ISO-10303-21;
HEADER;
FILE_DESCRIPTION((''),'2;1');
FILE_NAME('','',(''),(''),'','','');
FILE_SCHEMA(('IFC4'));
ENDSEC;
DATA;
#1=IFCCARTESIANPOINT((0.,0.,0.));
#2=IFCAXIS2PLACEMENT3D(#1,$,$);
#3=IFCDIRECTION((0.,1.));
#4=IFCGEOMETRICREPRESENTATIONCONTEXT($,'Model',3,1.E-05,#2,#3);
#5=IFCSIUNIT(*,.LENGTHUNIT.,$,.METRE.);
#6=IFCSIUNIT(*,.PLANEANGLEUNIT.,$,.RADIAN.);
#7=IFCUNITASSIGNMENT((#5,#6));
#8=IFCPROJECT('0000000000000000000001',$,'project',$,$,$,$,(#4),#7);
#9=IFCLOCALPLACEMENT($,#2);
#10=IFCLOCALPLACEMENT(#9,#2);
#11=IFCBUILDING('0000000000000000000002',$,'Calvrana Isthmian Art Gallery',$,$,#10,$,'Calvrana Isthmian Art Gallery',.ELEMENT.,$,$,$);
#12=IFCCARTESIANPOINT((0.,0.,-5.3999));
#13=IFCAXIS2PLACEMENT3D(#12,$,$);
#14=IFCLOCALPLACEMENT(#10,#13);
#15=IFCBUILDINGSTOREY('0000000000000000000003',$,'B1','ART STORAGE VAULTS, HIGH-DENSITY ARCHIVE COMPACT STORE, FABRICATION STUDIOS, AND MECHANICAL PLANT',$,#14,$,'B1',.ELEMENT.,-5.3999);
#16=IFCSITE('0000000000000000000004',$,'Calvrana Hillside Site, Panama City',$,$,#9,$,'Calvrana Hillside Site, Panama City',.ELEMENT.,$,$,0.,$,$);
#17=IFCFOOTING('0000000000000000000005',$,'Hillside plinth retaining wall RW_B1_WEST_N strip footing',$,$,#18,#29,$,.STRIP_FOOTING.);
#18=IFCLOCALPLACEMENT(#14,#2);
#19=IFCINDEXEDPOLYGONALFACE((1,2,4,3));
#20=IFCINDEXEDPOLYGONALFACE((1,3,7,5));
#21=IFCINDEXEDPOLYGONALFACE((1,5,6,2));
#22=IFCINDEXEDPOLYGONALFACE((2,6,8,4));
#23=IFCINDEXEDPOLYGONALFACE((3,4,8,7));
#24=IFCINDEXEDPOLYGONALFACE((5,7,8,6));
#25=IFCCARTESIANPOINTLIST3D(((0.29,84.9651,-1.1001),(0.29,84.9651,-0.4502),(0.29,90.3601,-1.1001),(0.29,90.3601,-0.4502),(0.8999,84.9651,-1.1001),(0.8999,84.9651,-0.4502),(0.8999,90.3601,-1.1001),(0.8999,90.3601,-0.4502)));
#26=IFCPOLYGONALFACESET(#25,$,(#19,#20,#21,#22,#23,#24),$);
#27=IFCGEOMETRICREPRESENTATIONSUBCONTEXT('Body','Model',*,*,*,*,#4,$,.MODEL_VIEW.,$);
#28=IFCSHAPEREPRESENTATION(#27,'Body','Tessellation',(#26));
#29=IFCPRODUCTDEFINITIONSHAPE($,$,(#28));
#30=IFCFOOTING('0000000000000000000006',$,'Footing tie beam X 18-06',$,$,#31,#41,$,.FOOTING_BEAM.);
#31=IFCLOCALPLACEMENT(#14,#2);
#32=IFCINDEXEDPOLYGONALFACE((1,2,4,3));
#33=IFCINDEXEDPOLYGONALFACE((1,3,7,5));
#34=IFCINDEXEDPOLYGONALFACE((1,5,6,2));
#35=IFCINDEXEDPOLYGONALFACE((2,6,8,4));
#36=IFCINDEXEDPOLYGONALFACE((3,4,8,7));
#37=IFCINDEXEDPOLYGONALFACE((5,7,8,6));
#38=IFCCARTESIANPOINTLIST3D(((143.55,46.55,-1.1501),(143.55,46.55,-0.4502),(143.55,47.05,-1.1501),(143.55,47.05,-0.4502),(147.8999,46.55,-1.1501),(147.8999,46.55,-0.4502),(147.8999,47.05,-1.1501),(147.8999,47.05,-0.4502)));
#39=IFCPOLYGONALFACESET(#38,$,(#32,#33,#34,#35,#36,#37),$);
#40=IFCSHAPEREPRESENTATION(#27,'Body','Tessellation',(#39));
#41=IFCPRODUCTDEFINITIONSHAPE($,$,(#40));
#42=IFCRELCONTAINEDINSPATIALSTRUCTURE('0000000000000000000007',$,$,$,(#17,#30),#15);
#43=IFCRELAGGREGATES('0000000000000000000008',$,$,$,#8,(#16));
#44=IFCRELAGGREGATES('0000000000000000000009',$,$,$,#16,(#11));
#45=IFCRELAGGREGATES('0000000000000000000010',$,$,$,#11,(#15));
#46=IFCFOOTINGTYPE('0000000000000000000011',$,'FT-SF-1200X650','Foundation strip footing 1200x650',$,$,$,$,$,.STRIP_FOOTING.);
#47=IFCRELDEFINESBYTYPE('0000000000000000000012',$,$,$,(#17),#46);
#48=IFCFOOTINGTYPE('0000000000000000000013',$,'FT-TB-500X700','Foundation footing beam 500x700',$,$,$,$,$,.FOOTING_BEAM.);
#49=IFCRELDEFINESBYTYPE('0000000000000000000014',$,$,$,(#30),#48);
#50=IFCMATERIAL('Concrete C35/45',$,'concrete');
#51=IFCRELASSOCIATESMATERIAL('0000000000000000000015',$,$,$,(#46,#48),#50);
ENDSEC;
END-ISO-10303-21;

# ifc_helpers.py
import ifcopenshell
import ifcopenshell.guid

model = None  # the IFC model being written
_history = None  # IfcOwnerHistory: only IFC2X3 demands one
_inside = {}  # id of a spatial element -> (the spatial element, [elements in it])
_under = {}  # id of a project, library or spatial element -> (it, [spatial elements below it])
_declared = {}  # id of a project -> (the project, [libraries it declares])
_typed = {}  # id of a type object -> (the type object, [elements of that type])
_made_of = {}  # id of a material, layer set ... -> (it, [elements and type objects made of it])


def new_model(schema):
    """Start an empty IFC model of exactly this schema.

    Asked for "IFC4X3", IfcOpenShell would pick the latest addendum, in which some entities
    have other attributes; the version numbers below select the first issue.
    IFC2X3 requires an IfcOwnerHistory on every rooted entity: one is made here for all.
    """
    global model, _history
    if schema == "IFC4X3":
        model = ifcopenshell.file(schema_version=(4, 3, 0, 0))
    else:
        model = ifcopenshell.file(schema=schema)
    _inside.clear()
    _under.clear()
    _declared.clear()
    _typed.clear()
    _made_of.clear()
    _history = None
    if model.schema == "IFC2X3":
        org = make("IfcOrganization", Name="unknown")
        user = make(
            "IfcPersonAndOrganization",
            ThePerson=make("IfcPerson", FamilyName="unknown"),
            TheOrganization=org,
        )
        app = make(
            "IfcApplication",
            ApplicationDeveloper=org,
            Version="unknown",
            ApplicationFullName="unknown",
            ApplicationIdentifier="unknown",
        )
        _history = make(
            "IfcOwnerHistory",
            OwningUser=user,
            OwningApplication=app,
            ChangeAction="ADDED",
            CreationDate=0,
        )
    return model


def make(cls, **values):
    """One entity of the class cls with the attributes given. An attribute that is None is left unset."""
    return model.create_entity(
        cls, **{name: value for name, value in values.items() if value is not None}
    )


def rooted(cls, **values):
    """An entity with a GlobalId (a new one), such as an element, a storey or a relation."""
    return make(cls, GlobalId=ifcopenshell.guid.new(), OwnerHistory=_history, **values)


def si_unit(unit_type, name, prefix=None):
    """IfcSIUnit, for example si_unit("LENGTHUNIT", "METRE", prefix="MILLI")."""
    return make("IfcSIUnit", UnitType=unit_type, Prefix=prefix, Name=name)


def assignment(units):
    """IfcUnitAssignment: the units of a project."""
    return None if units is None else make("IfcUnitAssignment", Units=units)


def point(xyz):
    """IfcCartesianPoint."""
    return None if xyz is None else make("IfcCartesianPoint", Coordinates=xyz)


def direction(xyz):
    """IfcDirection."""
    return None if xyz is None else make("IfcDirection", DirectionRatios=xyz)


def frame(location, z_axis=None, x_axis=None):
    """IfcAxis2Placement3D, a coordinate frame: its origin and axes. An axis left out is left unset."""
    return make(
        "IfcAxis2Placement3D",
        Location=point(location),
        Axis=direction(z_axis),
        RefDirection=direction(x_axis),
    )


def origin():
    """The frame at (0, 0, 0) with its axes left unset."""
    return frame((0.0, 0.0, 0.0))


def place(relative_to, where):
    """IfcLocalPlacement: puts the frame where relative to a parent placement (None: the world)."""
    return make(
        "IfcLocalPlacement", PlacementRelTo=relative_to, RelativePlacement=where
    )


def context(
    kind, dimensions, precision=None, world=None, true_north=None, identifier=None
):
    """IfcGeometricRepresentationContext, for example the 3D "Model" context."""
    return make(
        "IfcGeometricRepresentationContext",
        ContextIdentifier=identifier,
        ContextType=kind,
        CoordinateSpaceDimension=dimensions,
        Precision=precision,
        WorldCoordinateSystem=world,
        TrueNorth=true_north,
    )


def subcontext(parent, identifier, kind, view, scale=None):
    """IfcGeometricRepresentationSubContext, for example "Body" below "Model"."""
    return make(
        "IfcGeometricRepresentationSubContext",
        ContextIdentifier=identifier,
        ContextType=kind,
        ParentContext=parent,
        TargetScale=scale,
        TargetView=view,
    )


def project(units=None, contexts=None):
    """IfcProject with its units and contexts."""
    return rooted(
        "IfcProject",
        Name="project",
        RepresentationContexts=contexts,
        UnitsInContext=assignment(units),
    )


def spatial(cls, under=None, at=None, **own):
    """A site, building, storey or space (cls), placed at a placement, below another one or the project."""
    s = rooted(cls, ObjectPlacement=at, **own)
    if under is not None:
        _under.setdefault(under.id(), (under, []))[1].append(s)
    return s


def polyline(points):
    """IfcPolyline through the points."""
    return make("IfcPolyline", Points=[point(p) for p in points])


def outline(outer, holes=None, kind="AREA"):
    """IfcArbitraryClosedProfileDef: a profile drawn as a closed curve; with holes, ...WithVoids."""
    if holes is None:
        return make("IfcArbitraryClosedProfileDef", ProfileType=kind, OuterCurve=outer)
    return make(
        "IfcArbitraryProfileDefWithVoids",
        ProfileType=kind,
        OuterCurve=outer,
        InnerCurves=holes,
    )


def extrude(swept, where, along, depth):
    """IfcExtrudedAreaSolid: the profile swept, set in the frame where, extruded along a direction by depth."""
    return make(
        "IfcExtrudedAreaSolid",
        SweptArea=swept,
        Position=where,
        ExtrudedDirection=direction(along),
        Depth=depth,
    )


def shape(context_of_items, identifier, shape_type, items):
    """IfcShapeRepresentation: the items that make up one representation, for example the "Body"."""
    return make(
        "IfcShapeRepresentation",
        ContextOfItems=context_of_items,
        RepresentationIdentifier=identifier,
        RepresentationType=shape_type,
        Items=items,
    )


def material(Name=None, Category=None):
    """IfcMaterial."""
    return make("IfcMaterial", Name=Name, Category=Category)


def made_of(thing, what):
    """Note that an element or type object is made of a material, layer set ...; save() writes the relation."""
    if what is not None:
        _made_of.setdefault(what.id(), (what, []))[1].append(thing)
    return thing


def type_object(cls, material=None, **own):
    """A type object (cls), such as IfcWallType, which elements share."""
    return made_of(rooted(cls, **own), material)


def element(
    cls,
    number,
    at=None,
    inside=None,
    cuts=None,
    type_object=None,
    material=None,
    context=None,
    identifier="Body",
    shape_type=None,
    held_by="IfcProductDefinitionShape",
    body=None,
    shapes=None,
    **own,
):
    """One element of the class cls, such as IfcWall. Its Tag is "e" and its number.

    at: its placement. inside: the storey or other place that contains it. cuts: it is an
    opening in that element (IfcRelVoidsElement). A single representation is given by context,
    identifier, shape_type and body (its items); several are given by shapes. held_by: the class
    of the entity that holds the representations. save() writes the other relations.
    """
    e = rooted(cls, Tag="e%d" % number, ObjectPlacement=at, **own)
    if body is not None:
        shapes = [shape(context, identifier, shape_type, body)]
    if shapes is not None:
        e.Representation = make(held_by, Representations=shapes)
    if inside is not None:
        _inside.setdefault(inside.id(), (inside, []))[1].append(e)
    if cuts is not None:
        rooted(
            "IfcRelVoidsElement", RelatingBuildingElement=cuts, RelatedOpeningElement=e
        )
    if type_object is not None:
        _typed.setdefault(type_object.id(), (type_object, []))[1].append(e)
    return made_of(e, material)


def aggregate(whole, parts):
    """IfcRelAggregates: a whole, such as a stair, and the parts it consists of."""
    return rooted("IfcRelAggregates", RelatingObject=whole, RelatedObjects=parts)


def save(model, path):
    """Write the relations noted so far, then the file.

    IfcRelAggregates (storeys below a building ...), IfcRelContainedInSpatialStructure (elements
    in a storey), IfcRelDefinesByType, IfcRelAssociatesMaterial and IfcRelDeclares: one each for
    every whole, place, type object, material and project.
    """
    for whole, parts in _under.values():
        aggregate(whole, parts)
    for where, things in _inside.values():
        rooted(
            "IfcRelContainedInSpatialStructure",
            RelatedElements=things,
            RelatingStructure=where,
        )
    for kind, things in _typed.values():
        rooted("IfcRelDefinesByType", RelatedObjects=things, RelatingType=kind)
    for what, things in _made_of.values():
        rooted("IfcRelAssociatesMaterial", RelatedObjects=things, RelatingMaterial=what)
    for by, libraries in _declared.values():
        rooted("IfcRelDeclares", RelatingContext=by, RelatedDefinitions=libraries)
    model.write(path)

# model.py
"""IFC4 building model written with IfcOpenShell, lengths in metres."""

from ifc_helpers import new_model, si_unit, direction, frame, origin, place, context, subcontext, project, spatial, polyline, outline, extrude, material, type_object, element, save


model = new_model("IFC4")

# Units and contexts
model_context = context("Model", 3, precision=1e-05, world=origin(), true_north=direction((0.0, 1.0)))
body_context = subcontext(model_context, "Body", "Model", "MODEL_VIEW")
ifc_project = project(units=[si_unit("LENGTHUNIT", "METRE"), si_unit("PLANEANGLEUNIT", "RADIAN")], contexts=[model_context])

# Site, building, storey
site_placement = place(None, origin())
site = spatial("IfcSite", under=ifc_project, at=site_placement, Name="Calvrana Hillside Site, Panama City", LongName="Calvrana Hillside Site, Panama City", CompositionType="ELEMENT", RefElevation=0.0)
building_placement = place(site_placement, origin())
building = spatial("IfcBuilding", under=site, at=building_placement, Name="Calvrana Isthmian Art Gallery", LongName="Calvrana Isthmian Art Gallery", CompositionType="ELEMENT")
storey_placement = place(building_placement, frame((0.0, 0.0, -5.3999)))
storey = spatial("IfcBuildingStorey", under=building, at=storey_placement, Name="B1", Description="ART STORAGE VAULTS, HIGH-DENSITY ARCHIVE COMPACT STORE, FABRICATION STUDIOS, AND MECHANICAL PLANT", LongName="B1", CompositionType="ELEMENT", Elevation=-5.3999)

# Footings
ifc_material = material(Name="Concrete C35/45", Category="concrete")
footing_type_1 = type_object("IfcFootingType", Name="FT-SF-1200X650", Description="Foundation strip footing 1200x650", PredefinedType="STRIP_FOOTING", material=ifc_material)
footing_1_placement = place(storey_placement, frame((0.0, 0.0, -1.1001)))
element("IfcFooting", 1, at=footing_1_placement, inside=storey, type_object=footing_type_1, Name="Hillside plinth retaining wall RW_B1_WEST_N strip footing", PredefinedType="STRIP_FOOTING", context=body_context, shape_type="SweptSolid", body=[
    extrude(outline(polyline([(0.29, 84.9651), (0.29, 90.3601), (0.8999, 90.3601), (0.8999, 84.9651), (0.29, 84.9651)])), origin(), (0.0, 0.0, 1.0), 0.6499),
])
footing_type_2 = type_object("IfcFootingType", Name="FT-TB-500X700", Description="Foundation footing beam 500x700", PredefinedType="FOOTING_BEAM", material=ifc_material)
footing_2_placement = place(storey_placement, frame((0.0, 0.0, -1.1501)))
element("IfcFooting", 2, at=footing_2_placement, inside=storey, type_object=footing_type_2, Name="Footing tie beam X 18-06", PredefinedType="FOOTING_BEAM", context=body_context, shape_type="SweptSolid", body=[
    extrude(outline(polyline([(143.55, 46.55), (147.8999, 46.55), (147.8999, 47.05), (143.55, 47.05), (143.55, 46.55)])), origin(), (0.0, 0.0, 1.0), 0.7),
])

save(model, "model.ifc")
